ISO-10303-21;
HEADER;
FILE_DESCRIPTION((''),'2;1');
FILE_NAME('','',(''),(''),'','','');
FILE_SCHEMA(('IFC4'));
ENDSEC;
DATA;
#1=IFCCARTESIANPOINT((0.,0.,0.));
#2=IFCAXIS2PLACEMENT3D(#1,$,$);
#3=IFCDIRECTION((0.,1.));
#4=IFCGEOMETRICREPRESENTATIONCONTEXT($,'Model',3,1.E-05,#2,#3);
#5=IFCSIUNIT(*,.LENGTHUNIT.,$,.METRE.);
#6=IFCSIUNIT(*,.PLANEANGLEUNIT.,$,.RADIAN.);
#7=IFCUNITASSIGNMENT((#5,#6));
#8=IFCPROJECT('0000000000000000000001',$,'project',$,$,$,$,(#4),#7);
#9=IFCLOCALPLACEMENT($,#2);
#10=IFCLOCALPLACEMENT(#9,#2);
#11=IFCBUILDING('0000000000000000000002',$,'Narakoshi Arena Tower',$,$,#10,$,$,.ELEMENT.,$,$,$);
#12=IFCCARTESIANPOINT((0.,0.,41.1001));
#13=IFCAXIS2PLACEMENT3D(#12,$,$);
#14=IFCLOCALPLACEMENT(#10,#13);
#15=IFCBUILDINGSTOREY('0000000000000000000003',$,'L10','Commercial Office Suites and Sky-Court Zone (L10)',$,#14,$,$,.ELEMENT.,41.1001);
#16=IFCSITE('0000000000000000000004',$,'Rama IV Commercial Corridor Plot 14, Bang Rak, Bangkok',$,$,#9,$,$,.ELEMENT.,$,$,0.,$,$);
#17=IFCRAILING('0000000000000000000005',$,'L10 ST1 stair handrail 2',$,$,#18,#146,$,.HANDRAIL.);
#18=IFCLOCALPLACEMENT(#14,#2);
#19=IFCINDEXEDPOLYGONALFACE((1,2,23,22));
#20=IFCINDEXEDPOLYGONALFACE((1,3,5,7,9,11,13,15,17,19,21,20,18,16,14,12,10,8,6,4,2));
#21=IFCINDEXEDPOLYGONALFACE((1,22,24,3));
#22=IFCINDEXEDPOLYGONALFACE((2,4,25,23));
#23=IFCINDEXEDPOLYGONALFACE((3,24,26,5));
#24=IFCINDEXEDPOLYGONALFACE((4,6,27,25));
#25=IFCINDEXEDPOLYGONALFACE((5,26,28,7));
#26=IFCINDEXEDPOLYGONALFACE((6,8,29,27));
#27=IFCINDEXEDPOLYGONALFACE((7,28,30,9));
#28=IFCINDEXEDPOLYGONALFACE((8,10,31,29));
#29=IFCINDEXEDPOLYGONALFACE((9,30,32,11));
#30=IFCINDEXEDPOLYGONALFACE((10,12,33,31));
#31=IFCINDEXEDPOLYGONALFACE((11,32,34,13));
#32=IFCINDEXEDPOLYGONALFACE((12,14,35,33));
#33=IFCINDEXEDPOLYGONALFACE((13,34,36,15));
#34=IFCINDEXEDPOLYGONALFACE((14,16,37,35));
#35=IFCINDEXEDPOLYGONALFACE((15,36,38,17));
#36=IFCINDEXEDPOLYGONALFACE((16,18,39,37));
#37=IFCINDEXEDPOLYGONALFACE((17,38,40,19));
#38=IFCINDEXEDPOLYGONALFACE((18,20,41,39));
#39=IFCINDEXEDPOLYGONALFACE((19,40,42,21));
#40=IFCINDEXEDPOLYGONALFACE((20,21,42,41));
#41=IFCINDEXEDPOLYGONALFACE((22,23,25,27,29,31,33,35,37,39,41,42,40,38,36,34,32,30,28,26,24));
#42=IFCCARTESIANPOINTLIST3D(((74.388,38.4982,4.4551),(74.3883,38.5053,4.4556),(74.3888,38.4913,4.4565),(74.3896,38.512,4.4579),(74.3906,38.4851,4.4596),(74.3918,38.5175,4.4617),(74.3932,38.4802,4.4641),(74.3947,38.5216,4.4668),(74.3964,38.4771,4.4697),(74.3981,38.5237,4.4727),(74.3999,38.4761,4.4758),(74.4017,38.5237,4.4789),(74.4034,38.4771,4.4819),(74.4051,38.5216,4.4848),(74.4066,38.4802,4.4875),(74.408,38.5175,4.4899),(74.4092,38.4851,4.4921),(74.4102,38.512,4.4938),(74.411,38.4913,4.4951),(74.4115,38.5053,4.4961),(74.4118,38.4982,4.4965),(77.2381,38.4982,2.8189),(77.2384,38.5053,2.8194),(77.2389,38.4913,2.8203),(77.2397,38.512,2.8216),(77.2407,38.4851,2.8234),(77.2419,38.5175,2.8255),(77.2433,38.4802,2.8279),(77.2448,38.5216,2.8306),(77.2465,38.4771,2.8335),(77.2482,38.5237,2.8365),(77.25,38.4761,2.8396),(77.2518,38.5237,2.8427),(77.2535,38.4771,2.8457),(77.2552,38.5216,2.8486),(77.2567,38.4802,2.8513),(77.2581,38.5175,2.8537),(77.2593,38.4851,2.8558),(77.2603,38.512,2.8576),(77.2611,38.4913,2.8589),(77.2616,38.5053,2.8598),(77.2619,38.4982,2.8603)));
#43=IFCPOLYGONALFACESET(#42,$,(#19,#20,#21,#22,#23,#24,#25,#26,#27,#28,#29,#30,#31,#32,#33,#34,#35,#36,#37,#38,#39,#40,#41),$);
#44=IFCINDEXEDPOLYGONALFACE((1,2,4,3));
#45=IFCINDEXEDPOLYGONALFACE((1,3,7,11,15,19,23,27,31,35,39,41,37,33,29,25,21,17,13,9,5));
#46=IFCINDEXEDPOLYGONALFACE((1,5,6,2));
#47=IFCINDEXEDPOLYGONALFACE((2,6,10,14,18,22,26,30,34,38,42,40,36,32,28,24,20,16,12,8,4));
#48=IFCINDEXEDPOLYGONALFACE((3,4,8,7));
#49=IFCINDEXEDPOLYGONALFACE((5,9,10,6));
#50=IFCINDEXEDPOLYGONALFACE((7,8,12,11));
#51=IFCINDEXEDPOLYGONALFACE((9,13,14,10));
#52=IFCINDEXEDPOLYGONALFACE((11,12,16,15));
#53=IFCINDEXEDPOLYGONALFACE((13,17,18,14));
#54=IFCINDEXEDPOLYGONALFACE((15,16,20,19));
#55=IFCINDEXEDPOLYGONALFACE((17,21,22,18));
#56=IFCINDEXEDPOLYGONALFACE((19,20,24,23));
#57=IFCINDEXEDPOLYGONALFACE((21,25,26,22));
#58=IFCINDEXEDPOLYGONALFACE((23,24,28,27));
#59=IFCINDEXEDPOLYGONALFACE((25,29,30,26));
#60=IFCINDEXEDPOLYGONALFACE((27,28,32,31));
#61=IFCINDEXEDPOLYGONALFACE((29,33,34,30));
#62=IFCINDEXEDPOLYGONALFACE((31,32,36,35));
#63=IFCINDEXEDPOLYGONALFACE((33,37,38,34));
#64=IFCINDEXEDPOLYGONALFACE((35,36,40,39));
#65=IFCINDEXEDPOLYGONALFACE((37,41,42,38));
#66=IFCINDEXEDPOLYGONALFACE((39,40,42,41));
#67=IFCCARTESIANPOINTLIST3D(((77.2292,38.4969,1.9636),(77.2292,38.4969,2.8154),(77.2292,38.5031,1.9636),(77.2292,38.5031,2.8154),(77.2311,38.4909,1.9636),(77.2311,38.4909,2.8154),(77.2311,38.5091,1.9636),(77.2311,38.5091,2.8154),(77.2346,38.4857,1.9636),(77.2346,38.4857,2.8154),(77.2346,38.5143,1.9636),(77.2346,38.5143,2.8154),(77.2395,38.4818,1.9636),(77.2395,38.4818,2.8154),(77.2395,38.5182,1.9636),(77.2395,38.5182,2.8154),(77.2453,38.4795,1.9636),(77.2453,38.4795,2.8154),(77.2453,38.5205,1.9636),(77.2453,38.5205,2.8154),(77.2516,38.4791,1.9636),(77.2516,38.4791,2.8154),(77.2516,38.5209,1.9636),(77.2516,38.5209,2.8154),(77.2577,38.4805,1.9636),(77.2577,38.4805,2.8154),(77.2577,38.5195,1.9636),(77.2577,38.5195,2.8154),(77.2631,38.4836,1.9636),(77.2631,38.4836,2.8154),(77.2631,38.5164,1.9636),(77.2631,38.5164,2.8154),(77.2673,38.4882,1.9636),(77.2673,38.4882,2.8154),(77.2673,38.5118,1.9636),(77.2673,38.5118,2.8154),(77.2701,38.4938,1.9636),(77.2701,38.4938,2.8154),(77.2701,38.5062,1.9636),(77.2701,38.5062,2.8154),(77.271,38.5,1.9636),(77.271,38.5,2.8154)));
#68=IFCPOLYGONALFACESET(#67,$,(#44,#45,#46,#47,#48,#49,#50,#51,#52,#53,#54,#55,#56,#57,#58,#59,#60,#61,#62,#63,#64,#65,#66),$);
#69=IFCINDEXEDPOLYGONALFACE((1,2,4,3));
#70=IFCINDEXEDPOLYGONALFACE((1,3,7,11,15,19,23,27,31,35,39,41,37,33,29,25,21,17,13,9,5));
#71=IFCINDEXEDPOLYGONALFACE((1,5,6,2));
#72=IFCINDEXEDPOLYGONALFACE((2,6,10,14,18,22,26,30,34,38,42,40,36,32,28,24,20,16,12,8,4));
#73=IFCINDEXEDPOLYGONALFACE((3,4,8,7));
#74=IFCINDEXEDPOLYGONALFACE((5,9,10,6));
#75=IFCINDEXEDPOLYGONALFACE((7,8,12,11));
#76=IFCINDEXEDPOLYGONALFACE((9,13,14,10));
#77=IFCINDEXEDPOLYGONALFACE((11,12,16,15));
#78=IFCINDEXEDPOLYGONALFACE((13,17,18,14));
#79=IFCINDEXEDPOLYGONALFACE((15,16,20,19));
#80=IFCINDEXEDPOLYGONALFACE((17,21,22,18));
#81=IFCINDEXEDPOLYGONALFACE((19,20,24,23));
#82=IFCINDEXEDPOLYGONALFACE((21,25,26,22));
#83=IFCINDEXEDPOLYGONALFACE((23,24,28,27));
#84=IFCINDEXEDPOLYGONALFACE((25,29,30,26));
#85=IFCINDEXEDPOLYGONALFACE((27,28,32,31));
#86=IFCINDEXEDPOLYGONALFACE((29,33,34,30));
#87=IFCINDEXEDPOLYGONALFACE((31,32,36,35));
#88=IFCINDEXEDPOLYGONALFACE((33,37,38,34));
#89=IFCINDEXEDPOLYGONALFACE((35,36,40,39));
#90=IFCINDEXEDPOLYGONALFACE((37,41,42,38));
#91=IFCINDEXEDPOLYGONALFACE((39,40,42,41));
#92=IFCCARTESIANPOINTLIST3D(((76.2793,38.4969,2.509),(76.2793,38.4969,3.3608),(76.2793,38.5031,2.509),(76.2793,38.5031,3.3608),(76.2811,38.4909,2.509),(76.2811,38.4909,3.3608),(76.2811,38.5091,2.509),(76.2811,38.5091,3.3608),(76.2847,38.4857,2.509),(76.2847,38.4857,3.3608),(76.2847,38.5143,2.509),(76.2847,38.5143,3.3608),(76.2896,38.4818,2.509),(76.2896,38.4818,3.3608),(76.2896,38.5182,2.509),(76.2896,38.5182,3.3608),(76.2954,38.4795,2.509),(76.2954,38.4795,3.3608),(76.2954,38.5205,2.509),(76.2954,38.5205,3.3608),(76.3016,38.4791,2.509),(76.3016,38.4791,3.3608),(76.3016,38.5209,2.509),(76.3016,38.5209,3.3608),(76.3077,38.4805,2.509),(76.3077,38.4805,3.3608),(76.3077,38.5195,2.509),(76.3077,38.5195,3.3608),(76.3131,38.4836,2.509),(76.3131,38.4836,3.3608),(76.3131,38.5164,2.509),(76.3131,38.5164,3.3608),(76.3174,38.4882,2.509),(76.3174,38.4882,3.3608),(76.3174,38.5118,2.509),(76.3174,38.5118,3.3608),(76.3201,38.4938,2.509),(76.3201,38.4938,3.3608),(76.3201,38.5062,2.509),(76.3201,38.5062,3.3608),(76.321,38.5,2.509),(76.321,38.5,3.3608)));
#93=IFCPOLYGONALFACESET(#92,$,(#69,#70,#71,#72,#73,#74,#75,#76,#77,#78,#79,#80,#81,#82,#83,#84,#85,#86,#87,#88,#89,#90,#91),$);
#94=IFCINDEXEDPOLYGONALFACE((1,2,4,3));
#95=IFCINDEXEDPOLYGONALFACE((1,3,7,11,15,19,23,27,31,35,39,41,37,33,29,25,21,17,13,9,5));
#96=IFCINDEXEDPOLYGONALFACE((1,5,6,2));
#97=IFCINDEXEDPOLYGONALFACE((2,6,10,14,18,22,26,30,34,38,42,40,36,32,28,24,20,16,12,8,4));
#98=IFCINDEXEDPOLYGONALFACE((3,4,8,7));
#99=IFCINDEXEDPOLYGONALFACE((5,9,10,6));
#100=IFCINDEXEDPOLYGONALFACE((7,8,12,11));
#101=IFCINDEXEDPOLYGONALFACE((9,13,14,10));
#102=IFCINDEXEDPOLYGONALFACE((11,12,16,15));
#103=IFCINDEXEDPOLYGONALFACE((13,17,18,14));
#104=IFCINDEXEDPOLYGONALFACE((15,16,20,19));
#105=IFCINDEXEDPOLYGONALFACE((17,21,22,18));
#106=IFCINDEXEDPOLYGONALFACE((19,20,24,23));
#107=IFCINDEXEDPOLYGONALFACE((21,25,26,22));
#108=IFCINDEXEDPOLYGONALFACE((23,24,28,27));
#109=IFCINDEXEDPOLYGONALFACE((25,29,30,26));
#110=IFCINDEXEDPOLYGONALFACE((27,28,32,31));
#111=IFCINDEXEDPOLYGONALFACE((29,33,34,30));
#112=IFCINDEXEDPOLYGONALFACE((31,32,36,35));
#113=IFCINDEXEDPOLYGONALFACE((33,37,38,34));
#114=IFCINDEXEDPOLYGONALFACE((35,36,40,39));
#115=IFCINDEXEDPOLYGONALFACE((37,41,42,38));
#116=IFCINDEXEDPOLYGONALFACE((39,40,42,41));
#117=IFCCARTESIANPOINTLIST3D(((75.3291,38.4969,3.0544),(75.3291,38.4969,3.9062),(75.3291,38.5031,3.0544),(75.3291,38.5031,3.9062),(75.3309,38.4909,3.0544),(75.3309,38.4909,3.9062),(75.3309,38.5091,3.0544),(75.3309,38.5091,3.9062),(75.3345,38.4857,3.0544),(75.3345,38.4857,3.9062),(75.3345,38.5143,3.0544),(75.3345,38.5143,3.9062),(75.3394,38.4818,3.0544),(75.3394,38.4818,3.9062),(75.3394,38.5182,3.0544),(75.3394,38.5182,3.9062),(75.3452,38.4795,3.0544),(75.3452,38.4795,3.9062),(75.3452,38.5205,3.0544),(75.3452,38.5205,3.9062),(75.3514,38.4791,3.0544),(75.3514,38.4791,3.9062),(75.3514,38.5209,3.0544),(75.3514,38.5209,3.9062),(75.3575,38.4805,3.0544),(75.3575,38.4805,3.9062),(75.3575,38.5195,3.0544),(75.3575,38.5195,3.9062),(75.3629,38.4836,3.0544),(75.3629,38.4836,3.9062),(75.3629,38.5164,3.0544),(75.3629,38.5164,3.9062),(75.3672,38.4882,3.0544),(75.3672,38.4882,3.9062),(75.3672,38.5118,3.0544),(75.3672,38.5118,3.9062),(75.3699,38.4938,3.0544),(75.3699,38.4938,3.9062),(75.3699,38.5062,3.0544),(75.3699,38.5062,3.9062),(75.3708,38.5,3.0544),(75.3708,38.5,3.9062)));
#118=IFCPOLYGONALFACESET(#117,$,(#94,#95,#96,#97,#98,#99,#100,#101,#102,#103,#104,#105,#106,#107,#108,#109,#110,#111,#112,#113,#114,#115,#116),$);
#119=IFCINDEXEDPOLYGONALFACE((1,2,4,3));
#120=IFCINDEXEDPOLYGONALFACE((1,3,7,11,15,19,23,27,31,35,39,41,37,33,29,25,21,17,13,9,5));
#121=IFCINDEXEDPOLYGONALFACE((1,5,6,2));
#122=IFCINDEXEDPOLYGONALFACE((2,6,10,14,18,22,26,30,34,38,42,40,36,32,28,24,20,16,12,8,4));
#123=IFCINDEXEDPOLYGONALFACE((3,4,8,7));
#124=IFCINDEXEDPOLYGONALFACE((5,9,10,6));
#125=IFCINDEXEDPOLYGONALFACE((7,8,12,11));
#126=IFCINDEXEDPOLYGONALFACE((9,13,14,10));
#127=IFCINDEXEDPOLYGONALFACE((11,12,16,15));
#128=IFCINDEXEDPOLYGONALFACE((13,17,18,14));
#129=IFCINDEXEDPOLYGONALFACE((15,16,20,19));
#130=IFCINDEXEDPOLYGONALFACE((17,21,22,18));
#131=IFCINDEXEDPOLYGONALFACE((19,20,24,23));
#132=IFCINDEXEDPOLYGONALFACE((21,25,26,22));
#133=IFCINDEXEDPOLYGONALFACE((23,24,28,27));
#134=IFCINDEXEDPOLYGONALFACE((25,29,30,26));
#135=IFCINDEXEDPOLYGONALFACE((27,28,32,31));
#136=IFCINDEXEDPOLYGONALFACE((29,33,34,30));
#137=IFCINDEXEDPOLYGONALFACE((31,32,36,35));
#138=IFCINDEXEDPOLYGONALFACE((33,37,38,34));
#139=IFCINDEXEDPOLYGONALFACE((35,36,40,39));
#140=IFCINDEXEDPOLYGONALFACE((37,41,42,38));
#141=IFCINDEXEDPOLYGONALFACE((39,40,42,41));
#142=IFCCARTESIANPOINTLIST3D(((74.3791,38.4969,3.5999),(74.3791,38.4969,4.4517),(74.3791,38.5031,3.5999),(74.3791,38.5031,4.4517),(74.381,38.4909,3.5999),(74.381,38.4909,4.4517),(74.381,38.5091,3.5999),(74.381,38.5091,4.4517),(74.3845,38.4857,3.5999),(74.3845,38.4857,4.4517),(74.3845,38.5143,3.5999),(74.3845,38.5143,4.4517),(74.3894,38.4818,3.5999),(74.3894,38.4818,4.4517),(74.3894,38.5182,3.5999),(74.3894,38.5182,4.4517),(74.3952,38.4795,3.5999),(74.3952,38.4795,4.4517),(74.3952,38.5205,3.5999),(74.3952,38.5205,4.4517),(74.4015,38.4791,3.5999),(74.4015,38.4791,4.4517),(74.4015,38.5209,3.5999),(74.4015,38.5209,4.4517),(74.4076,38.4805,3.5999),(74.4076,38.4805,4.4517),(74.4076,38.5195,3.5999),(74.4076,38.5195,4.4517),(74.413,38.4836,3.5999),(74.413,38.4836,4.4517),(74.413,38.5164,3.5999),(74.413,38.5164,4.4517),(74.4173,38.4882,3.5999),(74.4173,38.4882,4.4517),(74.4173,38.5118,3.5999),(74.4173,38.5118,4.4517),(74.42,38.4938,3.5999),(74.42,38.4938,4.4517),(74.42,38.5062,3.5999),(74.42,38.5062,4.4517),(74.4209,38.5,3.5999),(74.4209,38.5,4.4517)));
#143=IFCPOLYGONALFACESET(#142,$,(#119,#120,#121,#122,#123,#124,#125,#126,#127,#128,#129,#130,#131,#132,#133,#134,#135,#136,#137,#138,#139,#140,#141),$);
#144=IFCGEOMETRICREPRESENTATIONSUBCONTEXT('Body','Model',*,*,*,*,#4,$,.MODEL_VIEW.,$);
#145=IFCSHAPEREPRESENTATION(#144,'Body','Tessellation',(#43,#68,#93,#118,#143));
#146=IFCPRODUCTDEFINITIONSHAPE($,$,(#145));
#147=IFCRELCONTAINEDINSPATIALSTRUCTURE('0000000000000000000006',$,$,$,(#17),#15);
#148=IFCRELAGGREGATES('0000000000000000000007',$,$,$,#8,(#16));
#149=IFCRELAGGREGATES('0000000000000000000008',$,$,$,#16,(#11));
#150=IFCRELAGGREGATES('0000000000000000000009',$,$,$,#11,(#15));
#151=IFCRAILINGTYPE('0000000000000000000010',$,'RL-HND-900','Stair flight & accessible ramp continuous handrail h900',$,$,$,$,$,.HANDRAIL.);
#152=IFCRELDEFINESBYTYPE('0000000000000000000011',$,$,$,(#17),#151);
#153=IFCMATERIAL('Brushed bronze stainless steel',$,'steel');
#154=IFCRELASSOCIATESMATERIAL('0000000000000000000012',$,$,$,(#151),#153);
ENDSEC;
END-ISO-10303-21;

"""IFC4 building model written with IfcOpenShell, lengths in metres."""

from ifc_helpers import new_model, si_unit, direction, frame, origin, origin_2d, place, context, subcontext, project, spatial, circle, extrude, material, type_object, element, save


model = new_model("IFC4")

# Units and contexts
model_context = context("Model", 3, precision=1e-05, world=origin(), true_north=direction((0.0, 1.0)))
body_context = subcontext(model_context, "Body", "Model", "MODEL_VIEW")
ifc_project = project(units=[si_unit("LENGTHUNIT", "METRE"), si_unit("PLANEANGLEUNIT", "RADIAN")], contexts=[model_context])

# Site, building, storey
site_placement = place(None, origin())
site = spatial("IfcSite", under=ifc_project, at=site_placement, Name="Rama IV Commercial Corridor Plot 14, Bang Rak, Bangkok", CompositionType="ELEMENT", RefElevation=0.0)
building_placement = place(site_placement, origin())
building = spatial("IfcBuilding", under=site, at=building_placement, Name="Narakoshi Arena Tower", CompositionType="ELEMENT")
storey_placement = place(building_placement, frame((0.0, 0.0, 41.1001)))
storey = spatial("IfcBuildingStorey", under=building, at=storey_placement, Name="L10", Description="Commercial Office Suites and Sky-Court Zone (L10)", CompositionType="ELEMENT", Elevation=41.1001)

# Shared definitions
ifc_material_1 = material(Name="Brushed bronze stainless steel", Category="steel")

# Railing
railing_type_1 = type_object("IfcRailingType", Name="RL-HND-900", Description="Stair flight & accessible ramp continuous handrail h900", PredefinedType="HANDRAIL", material=ifc_material_1)
for number, where, name in (
    (1, (77.25, 38.5, 1.9636), "L10 ST1 stair handrail 2"),
):
    element("IfcRailing", number, at=place(storey_placement, frame(where)), inside=storey, type_object=railing_type_1, Name=name, PredefinedType="HANDRAIL", context=body_context, shape_type="SweptSolid", body=[
        extrude(circle(Radius=0.0239, at=origin_2d()), frame((0.0, 0.0, 0.876), z_axis=(-0.867245, 0.0, 0.497882), x_axis=(0.0, -1.0, 0.0)), (0.0, 0.0, 1.0), 3.2864),
        extrude(circle(Radius=0.021, at=origin_2d()), origin(), (0.0, 0.0, 1.0), 0.8518),
        extrude(circle(Radius=0.021, at=origin_2d()), frame((-0.95, 0.0, 0.5454)), (0.0, 0.0, 1.0), 0.8518),
        extrude(circle(Radius=0.021, at=origin_2d()), frame((-1.9001, 0.0, 1.0908)), (0.0, 0.0, 1.0), 0.8518),
        extrude(circle(Radius=0.021, at=origin_2d()), frame((-2.8501, 0.0, 1.6362)), (0.0, 0.0, 1.0), 0.8518),
    ])

save(model, "model.ifc")
